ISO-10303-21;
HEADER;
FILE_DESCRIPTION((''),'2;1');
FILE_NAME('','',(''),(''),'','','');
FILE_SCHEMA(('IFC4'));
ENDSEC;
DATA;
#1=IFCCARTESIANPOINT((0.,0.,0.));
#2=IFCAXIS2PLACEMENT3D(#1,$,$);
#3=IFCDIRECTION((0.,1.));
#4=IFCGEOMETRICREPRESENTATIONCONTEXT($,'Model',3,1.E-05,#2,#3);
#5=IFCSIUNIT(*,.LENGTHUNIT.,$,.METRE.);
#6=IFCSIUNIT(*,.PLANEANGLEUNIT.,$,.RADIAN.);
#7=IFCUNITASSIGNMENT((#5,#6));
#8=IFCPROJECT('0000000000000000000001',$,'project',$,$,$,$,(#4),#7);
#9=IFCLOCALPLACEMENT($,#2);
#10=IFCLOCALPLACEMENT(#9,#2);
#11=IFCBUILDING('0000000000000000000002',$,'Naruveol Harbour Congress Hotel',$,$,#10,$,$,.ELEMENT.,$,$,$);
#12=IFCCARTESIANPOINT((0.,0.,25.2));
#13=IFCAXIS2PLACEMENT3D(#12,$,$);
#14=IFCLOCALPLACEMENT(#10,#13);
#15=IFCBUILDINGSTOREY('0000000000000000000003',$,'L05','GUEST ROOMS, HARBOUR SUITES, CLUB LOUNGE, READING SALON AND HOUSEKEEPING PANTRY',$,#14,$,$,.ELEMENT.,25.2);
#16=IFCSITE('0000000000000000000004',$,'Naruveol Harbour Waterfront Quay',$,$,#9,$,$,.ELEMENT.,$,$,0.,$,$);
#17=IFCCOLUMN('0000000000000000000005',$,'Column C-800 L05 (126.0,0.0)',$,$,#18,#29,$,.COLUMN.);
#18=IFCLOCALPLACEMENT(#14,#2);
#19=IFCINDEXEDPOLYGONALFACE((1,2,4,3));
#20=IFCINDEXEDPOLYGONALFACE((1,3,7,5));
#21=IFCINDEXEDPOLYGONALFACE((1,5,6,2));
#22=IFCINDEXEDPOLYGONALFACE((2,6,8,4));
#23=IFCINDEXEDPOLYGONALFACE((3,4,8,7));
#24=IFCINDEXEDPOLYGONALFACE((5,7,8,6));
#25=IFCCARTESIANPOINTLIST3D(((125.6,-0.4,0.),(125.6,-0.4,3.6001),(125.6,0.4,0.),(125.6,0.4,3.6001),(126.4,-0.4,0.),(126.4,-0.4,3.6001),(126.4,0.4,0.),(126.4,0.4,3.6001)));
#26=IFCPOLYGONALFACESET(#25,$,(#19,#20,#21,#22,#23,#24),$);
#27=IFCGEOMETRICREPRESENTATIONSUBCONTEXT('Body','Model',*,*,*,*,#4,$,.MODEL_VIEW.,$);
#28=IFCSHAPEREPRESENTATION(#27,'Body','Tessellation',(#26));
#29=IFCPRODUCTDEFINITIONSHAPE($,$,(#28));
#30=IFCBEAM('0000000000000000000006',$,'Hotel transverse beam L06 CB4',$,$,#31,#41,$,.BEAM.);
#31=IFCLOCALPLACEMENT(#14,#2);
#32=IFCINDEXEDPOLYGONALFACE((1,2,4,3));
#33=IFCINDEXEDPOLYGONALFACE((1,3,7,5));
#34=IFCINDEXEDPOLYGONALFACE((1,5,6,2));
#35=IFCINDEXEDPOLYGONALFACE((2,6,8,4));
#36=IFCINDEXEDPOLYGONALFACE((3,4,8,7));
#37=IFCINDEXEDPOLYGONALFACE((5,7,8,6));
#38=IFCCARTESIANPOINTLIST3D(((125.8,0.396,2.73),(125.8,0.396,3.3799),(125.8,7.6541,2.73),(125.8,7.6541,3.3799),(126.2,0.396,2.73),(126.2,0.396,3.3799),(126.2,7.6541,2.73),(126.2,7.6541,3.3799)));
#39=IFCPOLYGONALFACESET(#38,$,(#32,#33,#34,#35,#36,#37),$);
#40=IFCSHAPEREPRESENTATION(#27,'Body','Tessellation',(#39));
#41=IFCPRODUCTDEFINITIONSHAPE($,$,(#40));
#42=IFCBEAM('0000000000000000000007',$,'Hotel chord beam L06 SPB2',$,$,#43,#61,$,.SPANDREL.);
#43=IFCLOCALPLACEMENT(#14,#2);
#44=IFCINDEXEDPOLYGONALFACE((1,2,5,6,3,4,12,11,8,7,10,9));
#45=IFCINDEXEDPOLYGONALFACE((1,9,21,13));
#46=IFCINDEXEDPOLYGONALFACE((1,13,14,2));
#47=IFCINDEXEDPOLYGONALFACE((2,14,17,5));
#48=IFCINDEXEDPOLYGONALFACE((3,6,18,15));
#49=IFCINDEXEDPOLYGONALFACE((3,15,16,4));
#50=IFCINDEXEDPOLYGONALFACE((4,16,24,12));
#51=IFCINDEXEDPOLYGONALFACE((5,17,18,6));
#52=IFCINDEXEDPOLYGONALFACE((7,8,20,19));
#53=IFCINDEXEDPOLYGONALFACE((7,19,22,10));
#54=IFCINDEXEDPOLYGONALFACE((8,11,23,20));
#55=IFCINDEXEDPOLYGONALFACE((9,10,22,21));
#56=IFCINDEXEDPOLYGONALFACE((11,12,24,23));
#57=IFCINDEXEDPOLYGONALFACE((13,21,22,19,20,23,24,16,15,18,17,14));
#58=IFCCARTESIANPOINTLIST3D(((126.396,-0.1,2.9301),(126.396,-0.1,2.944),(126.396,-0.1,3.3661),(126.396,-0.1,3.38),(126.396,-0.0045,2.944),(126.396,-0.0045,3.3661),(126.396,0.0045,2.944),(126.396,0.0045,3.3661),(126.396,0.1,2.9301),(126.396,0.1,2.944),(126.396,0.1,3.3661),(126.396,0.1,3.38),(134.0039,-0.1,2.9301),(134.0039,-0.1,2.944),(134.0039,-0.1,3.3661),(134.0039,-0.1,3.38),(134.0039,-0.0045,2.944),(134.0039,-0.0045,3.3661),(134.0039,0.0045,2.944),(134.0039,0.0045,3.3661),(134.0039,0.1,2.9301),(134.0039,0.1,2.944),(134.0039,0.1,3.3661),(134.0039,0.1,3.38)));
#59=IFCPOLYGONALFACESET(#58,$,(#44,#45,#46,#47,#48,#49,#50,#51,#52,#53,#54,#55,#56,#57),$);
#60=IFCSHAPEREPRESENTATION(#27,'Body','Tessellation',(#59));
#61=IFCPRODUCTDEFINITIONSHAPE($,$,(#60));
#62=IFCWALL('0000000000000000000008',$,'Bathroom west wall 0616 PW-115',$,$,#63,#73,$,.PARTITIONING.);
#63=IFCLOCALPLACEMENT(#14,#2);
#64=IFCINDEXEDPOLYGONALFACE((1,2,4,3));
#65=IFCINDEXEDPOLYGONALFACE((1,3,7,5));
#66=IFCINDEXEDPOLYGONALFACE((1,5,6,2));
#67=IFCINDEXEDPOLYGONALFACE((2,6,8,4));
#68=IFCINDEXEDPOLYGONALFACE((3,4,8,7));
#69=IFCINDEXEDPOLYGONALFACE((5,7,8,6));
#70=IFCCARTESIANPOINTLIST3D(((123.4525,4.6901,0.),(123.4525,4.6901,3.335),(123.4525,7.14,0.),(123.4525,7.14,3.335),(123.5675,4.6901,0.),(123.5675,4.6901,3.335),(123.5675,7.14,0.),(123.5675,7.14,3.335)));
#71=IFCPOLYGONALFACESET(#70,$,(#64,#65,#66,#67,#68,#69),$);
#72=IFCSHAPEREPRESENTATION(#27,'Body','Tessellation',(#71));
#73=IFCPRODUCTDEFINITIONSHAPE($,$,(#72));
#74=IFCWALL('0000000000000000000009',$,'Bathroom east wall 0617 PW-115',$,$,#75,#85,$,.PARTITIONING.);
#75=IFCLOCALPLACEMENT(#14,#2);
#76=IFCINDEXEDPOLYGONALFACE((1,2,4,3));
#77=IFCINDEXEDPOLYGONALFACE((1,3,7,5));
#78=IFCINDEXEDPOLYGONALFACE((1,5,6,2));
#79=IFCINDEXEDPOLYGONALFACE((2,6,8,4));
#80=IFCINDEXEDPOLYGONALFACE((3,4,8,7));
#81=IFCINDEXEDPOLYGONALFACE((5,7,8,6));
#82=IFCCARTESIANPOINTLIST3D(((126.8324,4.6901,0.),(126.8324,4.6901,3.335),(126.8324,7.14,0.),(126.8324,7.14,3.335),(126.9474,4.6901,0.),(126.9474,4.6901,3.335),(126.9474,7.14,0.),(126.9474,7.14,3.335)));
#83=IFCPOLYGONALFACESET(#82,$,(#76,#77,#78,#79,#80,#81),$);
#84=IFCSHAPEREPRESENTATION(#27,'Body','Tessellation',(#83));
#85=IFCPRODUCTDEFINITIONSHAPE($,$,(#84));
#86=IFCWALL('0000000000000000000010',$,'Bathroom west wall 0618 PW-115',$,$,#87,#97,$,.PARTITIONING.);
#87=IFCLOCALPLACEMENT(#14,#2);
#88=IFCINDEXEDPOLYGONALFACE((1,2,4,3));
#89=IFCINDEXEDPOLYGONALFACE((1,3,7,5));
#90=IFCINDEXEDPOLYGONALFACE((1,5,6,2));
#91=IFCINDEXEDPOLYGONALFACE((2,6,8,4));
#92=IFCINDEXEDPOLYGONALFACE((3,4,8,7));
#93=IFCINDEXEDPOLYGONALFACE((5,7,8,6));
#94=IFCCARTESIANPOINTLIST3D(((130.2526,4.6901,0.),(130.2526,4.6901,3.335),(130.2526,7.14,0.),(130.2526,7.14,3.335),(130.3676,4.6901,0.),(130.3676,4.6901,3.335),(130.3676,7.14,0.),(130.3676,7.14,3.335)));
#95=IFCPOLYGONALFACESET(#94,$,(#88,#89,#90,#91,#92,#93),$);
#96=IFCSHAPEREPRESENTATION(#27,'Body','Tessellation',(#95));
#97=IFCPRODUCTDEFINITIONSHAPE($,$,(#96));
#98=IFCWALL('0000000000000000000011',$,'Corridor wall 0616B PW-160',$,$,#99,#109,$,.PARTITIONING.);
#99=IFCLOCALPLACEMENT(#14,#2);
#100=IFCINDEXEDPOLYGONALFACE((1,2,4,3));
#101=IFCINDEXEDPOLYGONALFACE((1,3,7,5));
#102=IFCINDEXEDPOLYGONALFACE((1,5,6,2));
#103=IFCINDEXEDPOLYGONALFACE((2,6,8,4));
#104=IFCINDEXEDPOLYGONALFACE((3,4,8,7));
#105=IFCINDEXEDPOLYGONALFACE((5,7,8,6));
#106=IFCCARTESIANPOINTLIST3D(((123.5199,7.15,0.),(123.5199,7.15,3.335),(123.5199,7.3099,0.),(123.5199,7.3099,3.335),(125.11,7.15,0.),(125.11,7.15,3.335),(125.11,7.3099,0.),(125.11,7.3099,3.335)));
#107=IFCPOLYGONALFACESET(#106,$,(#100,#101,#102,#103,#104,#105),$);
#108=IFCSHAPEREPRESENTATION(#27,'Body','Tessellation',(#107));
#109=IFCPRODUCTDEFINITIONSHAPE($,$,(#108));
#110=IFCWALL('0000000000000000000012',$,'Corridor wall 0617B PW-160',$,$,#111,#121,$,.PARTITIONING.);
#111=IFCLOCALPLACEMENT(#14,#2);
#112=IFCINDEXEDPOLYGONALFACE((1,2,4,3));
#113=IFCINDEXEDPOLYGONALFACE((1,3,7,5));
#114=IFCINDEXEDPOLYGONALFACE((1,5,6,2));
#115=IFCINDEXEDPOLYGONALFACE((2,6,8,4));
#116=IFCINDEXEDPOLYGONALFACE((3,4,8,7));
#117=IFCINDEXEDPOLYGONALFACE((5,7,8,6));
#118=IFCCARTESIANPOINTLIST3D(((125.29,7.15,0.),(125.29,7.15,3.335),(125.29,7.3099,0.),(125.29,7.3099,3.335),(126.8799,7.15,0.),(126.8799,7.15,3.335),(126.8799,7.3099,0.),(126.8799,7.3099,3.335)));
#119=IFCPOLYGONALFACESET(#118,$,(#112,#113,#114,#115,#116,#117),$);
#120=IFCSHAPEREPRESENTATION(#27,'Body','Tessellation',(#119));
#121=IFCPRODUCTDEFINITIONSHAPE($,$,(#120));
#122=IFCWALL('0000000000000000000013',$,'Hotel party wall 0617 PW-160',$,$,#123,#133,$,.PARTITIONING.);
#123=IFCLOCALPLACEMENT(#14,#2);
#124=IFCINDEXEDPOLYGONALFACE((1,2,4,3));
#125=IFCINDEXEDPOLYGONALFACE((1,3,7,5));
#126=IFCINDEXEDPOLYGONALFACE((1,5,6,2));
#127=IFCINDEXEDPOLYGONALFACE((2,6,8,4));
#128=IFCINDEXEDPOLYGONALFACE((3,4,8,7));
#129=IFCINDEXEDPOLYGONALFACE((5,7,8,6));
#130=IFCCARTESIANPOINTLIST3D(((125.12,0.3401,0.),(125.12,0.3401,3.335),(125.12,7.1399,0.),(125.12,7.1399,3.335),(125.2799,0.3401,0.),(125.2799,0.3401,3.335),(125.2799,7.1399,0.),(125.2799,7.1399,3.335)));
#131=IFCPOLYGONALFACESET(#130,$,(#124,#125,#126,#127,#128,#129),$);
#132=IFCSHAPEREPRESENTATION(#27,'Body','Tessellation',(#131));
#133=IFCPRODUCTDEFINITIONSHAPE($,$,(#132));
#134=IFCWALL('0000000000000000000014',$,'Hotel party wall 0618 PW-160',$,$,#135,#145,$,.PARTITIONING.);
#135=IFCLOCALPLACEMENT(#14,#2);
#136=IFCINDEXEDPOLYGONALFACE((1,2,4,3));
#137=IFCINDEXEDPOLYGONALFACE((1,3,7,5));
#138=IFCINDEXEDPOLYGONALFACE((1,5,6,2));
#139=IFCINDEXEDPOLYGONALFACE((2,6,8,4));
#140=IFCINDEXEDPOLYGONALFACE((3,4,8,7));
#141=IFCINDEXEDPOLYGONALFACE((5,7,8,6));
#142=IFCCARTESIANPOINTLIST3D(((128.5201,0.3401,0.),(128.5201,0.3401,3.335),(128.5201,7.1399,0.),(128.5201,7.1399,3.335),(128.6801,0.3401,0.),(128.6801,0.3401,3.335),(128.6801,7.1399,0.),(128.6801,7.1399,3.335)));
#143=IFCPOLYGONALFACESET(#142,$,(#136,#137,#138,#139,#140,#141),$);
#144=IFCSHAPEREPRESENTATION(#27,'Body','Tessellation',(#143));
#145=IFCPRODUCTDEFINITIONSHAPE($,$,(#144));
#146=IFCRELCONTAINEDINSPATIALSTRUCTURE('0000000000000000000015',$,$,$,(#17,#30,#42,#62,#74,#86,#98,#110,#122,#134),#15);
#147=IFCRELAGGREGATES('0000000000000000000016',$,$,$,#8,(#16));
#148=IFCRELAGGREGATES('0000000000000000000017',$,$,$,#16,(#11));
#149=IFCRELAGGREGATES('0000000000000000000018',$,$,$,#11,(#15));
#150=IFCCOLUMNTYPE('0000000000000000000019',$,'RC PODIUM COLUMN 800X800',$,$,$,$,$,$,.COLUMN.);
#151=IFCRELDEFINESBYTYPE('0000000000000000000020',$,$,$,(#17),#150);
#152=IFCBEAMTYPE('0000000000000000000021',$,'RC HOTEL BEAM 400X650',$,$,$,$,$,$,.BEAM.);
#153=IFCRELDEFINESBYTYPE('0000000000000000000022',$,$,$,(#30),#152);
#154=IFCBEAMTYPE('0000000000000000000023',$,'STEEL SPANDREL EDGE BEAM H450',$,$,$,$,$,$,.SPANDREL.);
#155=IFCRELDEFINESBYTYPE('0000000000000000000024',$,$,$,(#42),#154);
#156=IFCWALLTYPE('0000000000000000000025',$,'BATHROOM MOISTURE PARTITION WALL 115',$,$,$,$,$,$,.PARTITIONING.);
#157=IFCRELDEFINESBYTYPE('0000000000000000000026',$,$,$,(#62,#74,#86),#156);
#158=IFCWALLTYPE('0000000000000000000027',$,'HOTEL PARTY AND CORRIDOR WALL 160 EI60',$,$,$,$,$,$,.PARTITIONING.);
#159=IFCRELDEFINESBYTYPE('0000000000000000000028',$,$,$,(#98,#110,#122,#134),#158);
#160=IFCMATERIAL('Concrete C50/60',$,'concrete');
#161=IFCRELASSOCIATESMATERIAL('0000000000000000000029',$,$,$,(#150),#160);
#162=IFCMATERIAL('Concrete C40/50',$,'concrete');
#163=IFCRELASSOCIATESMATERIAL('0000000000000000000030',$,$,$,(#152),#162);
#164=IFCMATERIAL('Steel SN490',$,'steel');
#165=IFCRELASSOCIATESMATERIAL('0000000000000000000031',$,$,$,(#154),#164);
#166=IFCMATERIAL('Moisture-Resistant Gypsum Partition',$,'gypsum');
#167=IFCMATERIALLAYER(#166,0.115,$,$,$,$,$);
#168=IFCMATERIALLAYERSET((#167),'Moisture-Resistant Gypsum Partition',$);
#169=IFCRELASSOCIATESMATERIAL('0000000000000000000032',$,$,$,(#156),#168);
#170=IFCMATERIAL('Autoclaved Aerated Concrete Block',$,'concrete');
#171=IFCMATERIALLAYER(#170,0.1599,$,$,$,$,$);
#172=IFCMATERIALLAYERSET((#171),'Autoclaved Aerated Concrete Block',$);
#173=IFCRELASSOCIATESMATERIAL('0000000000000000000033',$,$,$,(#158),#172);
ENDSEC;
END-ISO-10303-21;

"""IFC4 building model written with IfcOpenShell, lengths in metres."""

from ifc_helpers import new_model, si_unit, direction, frame, frame_2d, origin, origin_2d, place, context, subcontext, project, spatial, rectangle, i_section, extrude, material, layer, layer_set, material_profile, profile_set, type_object, element, save


model = new_model("IFC4")

# Units and contexts
model_context = context("Model", 3, precision=1e-05, world=origin(), true_north=direction((0.0, 1.0)))
body_context = subcontext(model_context, "Body", "Model", "MODEL_VIEW")
ifc_project = project(units=[si_unit("LENGTHUNIT", "METRE"), si_unit("PLANEANGLEUNIT", "RADIAN")], contexts=[model_context])

# Site, building, storey
site_placement = place(None, origin())
site = spatial("IfcSite", under=ifc_project, at=site_placement, Name="Naruveol Harbour Waterfront Quay", CompositionType="ELEMENT", RefElevation=0.0)
building_placement = place(site_placement, origin())
building = spatial("IfcBuilding", under=site, at=building_placement, Name="Naruveol Harbour Congress Hotel", CompositionType="ELEMENT")
storey_placement = place(building_placement, frame((0.0, 0.0, 25.2)))
storey = spatial("IfcBuildingStorey", under=building, at=storey_placement, Name="L05", Description="GUEST ROOMS, HARBOUR SUITES, CLUB LOUNGE, READING SALON AND HOUSEKEEPING PANTRY", CompositionType="ELEMENT", Elevation=25.2)

# Column
ifc_material_1 = material(Name="Concrete C50/60", Category="concrete")
ifc_material_profile_1 = material_profile(ifc_material_1, rectangle(XDim=0.8, YDim=0.8, at=origin_2d()), Name="RC-800x800")
ifc_profile_set_1 = profile_set([ifc_material_profile_1], Name="Concrete C50/60")
column_type = type_object("IfcColumnType", Name="RC PODIUM COLUMN 800X800", PredefinedType="COLUMN", material=ifc_profile_set_1)
column_placement = place(storey_placement, frame((126.0, 0.0, 0.0), z_axis=(0.0, 0.0, 1.0), x_axis=(1.0, 0.0, 0.0)))
element("IfcColumn", 1, at=column_placement, inside=storey, type_object=column_type, Name="Column C-800 L05 (126.0,0.0)", PredefinedType="COLUMN", context=body_context, shape_type="SweptSolid", body=[
    extrude(rectangle(XDim=0.8, YDim=0.8, at=origin_2d()), origin(), (0.0, 0.0, 1.0), 3.6001),
])

# Beams
ifc_material_2 = material(Name="Concrete C40/50", Category="concrete")
ifc_material_profile_2 = material_profile(ifc_material_2, rectangle(XDim=0.3999, YDim=0.6499, at=origin_2d()), Name="RCB-400x650")
ifc_profile_set_2 = profile_set([ifc_material_profile_2], Name="Concrete C40/50")
beam_type_1 = type_object("IfcBeamType", Name="RC HOTEL BEAM 400X650", PredefinedType="BEAM", material=ifc_profile_set_2)
beam_1_placement = place(storey_placement, frame((126.0, 0.396, 3.0549), z_axis=(0.0, 1.0, 0.0), x_axis=(-1.0, 0.0, 0.0)))
element("IfcBeam", 2, at=beam_1_placement, inside=storey, type_object=beam_type_1, Name="Hotel transverse beam L06 CB4", PredefinedType="BEAM", context=body_context, shape_type="SweptSolid", body=[
    extrude(rectangle(XDim=0.3999, YDim=0.6499, at=origin_2d()), origin(), (0.0, 0.0, 1.0), 7.2581),
])
ifc_material_3 = material(Name="Steel SN490", Category="steel")
ifc_material_profile_3 = material_profile(ifc_material_3, i_section(OverallWidth=0.2, OverallDepth=0.45, WebThickness=0.009, FlangeThickness=0.0139, at=origin_2d()), Name="H-450x200x9x14")
ifc_profile_set_3 = profile_set([ifc_material_profile_3], Name="Steel SN490")
beam_type_2 = type_object("IfcBeamType", Name="STEEL SPANDREL EDGE BEAM H450", PredefinedType="SPANDREL", material=ifc_profile_set_3)
beam_2_placement = place(storey_placement, frame((126.396, 0.0, 3.155), z_axis=(1.0, 0.0, 0.0), x_axis=(0.0, 1.0, 0.0)))
element("IfcBeam", 3, at=beam_2_placement, inside=storey, type_object=beam_type_2, Name="Hotel chord beam L06 SPB2", PredefinedType="SPANDREL", context=body_context, shape_type="SweptSolid", body=[
    extrude(i_section(OverallWidth=0.2, OverallDepth=0.45, WebThickness=0.009, FlangeThickness=0.0139, at=origin_2d()), origin(), (0.0, 0.0, 1.0), 7.6079),
])

# Wall
ifc_material_4 = material(Name="Moisture-Resistant Gypsum Partition", Category="gypsum")
ifc_layer_1 = layer(ifc_material_4, 0.115)
ifc_layer_set_1 = layer_set([ifc_layer_1], Name="Moisture-Resistant Gypsum Partition")
wall_type_1 = type_object("IfcWallType", Name="BATHROOM MOISTURE PARTITION WALL 115", PredefinedType="PARTITIONING", material=ifc_layer_set_1)
wall_1_placement = place(storey_placement, frame((123.51, 4.6899, 0.0), z_axis=(0.0, 0.0, 1.0), x_axis=(0.0, 1.0, 0.0)))
element("IfcWall", 4, at=wall_1_placement, inside=storey, type_object=wall_type_1, Name="Bathroom west wall 0616 PW-115", PredefinedType="PARTITIONING", context=body_context, shape_type="SweptSolid", body=[
    extrude(rectangle(XDim=2.45, YDim=0.115, at=frame_2d((1.2251, 0.0))), origin(), (0.0, 0.0, 1.0), 3.335),
])

# Wall
wall_2_placement = place(storey_placement, frame((126.8899, 4.6899, 0.0), z_axis=(0.0, 0.0, 1.0), x_axis=(0.0, 1.0, 0.0)))
element("IfcWall", 5, at=wall_2_placement, inside=storey, type_object=wall_type_1, Name="Bathroom east wall 0617 PW-115", PredefinedType="PARTITIONING", context=body_context, shape_type="SweptSolid", body=[
    extrude(rectangle(XDim=2.45, YDim=0.115, at=frame_2d((1.2251, 0.0))), origin(), (0.0, 0.0, 1.0), 3.335),
])

# Walls
wall_3_placement = place(storey_placement, frame((130.3101, 4.6899, 0.0), z_axis=(0.0, 0.0, 1.0), x_axis=(0.0, 1.0, 0.0)))
element("IfcWall", 6, at=wall_3_placement, inside=storey, type_object=wall_type_1, Name="Bathroom west wall 0618 PW-115", PredefinedType="PARTITIONING", context=body_context, shape_type="SweptSolid", body=[
    extrude(rectangle(XDim=2.45, YDim=0.115, at=frame_2d((1.2251, 0.0))), origin(), (0.0, 0.0, 1.0), 3.335),
])
ifc_material_5 = material(Name="Autoclaved Aerated Concrete Block", Category="concrete")
ifc_layer_2 = layer(ifc_material_5, 0.1599)
ifc_layer_set_2 = layer_set([ifc_layer_2], Name="Autoclaved Aerated Concrete Block")
wall_type_2 = type_object("IfcWallType", Name="HOTEL PARTY AND CORRIDOR WALL 160 EI60", PredefinedType="PARTITIONING", material=ifc_layer_set_2)
wall_4_placement = place(storey_placement, frame((123.52, 7.23, 0.0), z_axis=(0.0, 0.0, 1.0), x_axis=(1.0, 0.0, 0.0)))
element("IfcWall", 7, at=wall_4_placement, inside=storey, type_object=wall_type_2, Name="Corridor wall 0616B PW-160", PredefinedType="PARTITIONING", context=body_context, shape_type="SweptSolid", body=[
    extrude(rectangle(XDim=1.5901, YDim=0.1599, at=frame_2d((0.7949, 0.0))), origin(), (0.0, 0.0, 1.0), 3.335),
])
wall_5_placement = place(storey_placement, frame((125.29, 7.23, 0.0), z_axis=(0.0, 0.0, 1.0), x_axis=(1.0, 0.0, 0.0)))
element("IfcWall", 8, at=wall_5_placement, inside=storey, type_object=wall_type_2, Name="Corridor wall 0617B PW-160", PredefinedType="PARTITIONING", context=body_context, shape_type="SweptSolid", body=[
    extrude(rectangle(XDim=1.5898, YDim=0.1599, at=frame_2d((0.7949, 0.0))), origin(), (0.0, 0.0, 1.0), 3.335),
])
for number, where, z_axis, x_axis, name in (
    (9, (125.2, 0.3401, 0.0), (0.0, 0.0, 1.0), (0.0, 1.0, 0.0), "Hotel party wall 0617 PW-160"),
    (10, (128.6001, 0.3401, 0.0), (0.0, 0.0, 1.0), (0.0, 1.0, 0.0), "Hotel party wall 0618 PW-160"),
):
    element("IfcWall", number, at=place(storey_placement, frame(where, z_axis=z_axis, x_axis=x_axis)), inside=storey, type_object=wall_type_2, Name=name, PredefinedType="PARTITIONING", context=body_context, shape_type="SweptSolid", body=[
        extrude(rectangle(XDim=6.7998, YDim=0.1599, at=frame_2d((3.3999, 0.0))), origin(), (0.0, 0.0, 1.0), 3.335),
    ])

save(model, "model.ifc")
